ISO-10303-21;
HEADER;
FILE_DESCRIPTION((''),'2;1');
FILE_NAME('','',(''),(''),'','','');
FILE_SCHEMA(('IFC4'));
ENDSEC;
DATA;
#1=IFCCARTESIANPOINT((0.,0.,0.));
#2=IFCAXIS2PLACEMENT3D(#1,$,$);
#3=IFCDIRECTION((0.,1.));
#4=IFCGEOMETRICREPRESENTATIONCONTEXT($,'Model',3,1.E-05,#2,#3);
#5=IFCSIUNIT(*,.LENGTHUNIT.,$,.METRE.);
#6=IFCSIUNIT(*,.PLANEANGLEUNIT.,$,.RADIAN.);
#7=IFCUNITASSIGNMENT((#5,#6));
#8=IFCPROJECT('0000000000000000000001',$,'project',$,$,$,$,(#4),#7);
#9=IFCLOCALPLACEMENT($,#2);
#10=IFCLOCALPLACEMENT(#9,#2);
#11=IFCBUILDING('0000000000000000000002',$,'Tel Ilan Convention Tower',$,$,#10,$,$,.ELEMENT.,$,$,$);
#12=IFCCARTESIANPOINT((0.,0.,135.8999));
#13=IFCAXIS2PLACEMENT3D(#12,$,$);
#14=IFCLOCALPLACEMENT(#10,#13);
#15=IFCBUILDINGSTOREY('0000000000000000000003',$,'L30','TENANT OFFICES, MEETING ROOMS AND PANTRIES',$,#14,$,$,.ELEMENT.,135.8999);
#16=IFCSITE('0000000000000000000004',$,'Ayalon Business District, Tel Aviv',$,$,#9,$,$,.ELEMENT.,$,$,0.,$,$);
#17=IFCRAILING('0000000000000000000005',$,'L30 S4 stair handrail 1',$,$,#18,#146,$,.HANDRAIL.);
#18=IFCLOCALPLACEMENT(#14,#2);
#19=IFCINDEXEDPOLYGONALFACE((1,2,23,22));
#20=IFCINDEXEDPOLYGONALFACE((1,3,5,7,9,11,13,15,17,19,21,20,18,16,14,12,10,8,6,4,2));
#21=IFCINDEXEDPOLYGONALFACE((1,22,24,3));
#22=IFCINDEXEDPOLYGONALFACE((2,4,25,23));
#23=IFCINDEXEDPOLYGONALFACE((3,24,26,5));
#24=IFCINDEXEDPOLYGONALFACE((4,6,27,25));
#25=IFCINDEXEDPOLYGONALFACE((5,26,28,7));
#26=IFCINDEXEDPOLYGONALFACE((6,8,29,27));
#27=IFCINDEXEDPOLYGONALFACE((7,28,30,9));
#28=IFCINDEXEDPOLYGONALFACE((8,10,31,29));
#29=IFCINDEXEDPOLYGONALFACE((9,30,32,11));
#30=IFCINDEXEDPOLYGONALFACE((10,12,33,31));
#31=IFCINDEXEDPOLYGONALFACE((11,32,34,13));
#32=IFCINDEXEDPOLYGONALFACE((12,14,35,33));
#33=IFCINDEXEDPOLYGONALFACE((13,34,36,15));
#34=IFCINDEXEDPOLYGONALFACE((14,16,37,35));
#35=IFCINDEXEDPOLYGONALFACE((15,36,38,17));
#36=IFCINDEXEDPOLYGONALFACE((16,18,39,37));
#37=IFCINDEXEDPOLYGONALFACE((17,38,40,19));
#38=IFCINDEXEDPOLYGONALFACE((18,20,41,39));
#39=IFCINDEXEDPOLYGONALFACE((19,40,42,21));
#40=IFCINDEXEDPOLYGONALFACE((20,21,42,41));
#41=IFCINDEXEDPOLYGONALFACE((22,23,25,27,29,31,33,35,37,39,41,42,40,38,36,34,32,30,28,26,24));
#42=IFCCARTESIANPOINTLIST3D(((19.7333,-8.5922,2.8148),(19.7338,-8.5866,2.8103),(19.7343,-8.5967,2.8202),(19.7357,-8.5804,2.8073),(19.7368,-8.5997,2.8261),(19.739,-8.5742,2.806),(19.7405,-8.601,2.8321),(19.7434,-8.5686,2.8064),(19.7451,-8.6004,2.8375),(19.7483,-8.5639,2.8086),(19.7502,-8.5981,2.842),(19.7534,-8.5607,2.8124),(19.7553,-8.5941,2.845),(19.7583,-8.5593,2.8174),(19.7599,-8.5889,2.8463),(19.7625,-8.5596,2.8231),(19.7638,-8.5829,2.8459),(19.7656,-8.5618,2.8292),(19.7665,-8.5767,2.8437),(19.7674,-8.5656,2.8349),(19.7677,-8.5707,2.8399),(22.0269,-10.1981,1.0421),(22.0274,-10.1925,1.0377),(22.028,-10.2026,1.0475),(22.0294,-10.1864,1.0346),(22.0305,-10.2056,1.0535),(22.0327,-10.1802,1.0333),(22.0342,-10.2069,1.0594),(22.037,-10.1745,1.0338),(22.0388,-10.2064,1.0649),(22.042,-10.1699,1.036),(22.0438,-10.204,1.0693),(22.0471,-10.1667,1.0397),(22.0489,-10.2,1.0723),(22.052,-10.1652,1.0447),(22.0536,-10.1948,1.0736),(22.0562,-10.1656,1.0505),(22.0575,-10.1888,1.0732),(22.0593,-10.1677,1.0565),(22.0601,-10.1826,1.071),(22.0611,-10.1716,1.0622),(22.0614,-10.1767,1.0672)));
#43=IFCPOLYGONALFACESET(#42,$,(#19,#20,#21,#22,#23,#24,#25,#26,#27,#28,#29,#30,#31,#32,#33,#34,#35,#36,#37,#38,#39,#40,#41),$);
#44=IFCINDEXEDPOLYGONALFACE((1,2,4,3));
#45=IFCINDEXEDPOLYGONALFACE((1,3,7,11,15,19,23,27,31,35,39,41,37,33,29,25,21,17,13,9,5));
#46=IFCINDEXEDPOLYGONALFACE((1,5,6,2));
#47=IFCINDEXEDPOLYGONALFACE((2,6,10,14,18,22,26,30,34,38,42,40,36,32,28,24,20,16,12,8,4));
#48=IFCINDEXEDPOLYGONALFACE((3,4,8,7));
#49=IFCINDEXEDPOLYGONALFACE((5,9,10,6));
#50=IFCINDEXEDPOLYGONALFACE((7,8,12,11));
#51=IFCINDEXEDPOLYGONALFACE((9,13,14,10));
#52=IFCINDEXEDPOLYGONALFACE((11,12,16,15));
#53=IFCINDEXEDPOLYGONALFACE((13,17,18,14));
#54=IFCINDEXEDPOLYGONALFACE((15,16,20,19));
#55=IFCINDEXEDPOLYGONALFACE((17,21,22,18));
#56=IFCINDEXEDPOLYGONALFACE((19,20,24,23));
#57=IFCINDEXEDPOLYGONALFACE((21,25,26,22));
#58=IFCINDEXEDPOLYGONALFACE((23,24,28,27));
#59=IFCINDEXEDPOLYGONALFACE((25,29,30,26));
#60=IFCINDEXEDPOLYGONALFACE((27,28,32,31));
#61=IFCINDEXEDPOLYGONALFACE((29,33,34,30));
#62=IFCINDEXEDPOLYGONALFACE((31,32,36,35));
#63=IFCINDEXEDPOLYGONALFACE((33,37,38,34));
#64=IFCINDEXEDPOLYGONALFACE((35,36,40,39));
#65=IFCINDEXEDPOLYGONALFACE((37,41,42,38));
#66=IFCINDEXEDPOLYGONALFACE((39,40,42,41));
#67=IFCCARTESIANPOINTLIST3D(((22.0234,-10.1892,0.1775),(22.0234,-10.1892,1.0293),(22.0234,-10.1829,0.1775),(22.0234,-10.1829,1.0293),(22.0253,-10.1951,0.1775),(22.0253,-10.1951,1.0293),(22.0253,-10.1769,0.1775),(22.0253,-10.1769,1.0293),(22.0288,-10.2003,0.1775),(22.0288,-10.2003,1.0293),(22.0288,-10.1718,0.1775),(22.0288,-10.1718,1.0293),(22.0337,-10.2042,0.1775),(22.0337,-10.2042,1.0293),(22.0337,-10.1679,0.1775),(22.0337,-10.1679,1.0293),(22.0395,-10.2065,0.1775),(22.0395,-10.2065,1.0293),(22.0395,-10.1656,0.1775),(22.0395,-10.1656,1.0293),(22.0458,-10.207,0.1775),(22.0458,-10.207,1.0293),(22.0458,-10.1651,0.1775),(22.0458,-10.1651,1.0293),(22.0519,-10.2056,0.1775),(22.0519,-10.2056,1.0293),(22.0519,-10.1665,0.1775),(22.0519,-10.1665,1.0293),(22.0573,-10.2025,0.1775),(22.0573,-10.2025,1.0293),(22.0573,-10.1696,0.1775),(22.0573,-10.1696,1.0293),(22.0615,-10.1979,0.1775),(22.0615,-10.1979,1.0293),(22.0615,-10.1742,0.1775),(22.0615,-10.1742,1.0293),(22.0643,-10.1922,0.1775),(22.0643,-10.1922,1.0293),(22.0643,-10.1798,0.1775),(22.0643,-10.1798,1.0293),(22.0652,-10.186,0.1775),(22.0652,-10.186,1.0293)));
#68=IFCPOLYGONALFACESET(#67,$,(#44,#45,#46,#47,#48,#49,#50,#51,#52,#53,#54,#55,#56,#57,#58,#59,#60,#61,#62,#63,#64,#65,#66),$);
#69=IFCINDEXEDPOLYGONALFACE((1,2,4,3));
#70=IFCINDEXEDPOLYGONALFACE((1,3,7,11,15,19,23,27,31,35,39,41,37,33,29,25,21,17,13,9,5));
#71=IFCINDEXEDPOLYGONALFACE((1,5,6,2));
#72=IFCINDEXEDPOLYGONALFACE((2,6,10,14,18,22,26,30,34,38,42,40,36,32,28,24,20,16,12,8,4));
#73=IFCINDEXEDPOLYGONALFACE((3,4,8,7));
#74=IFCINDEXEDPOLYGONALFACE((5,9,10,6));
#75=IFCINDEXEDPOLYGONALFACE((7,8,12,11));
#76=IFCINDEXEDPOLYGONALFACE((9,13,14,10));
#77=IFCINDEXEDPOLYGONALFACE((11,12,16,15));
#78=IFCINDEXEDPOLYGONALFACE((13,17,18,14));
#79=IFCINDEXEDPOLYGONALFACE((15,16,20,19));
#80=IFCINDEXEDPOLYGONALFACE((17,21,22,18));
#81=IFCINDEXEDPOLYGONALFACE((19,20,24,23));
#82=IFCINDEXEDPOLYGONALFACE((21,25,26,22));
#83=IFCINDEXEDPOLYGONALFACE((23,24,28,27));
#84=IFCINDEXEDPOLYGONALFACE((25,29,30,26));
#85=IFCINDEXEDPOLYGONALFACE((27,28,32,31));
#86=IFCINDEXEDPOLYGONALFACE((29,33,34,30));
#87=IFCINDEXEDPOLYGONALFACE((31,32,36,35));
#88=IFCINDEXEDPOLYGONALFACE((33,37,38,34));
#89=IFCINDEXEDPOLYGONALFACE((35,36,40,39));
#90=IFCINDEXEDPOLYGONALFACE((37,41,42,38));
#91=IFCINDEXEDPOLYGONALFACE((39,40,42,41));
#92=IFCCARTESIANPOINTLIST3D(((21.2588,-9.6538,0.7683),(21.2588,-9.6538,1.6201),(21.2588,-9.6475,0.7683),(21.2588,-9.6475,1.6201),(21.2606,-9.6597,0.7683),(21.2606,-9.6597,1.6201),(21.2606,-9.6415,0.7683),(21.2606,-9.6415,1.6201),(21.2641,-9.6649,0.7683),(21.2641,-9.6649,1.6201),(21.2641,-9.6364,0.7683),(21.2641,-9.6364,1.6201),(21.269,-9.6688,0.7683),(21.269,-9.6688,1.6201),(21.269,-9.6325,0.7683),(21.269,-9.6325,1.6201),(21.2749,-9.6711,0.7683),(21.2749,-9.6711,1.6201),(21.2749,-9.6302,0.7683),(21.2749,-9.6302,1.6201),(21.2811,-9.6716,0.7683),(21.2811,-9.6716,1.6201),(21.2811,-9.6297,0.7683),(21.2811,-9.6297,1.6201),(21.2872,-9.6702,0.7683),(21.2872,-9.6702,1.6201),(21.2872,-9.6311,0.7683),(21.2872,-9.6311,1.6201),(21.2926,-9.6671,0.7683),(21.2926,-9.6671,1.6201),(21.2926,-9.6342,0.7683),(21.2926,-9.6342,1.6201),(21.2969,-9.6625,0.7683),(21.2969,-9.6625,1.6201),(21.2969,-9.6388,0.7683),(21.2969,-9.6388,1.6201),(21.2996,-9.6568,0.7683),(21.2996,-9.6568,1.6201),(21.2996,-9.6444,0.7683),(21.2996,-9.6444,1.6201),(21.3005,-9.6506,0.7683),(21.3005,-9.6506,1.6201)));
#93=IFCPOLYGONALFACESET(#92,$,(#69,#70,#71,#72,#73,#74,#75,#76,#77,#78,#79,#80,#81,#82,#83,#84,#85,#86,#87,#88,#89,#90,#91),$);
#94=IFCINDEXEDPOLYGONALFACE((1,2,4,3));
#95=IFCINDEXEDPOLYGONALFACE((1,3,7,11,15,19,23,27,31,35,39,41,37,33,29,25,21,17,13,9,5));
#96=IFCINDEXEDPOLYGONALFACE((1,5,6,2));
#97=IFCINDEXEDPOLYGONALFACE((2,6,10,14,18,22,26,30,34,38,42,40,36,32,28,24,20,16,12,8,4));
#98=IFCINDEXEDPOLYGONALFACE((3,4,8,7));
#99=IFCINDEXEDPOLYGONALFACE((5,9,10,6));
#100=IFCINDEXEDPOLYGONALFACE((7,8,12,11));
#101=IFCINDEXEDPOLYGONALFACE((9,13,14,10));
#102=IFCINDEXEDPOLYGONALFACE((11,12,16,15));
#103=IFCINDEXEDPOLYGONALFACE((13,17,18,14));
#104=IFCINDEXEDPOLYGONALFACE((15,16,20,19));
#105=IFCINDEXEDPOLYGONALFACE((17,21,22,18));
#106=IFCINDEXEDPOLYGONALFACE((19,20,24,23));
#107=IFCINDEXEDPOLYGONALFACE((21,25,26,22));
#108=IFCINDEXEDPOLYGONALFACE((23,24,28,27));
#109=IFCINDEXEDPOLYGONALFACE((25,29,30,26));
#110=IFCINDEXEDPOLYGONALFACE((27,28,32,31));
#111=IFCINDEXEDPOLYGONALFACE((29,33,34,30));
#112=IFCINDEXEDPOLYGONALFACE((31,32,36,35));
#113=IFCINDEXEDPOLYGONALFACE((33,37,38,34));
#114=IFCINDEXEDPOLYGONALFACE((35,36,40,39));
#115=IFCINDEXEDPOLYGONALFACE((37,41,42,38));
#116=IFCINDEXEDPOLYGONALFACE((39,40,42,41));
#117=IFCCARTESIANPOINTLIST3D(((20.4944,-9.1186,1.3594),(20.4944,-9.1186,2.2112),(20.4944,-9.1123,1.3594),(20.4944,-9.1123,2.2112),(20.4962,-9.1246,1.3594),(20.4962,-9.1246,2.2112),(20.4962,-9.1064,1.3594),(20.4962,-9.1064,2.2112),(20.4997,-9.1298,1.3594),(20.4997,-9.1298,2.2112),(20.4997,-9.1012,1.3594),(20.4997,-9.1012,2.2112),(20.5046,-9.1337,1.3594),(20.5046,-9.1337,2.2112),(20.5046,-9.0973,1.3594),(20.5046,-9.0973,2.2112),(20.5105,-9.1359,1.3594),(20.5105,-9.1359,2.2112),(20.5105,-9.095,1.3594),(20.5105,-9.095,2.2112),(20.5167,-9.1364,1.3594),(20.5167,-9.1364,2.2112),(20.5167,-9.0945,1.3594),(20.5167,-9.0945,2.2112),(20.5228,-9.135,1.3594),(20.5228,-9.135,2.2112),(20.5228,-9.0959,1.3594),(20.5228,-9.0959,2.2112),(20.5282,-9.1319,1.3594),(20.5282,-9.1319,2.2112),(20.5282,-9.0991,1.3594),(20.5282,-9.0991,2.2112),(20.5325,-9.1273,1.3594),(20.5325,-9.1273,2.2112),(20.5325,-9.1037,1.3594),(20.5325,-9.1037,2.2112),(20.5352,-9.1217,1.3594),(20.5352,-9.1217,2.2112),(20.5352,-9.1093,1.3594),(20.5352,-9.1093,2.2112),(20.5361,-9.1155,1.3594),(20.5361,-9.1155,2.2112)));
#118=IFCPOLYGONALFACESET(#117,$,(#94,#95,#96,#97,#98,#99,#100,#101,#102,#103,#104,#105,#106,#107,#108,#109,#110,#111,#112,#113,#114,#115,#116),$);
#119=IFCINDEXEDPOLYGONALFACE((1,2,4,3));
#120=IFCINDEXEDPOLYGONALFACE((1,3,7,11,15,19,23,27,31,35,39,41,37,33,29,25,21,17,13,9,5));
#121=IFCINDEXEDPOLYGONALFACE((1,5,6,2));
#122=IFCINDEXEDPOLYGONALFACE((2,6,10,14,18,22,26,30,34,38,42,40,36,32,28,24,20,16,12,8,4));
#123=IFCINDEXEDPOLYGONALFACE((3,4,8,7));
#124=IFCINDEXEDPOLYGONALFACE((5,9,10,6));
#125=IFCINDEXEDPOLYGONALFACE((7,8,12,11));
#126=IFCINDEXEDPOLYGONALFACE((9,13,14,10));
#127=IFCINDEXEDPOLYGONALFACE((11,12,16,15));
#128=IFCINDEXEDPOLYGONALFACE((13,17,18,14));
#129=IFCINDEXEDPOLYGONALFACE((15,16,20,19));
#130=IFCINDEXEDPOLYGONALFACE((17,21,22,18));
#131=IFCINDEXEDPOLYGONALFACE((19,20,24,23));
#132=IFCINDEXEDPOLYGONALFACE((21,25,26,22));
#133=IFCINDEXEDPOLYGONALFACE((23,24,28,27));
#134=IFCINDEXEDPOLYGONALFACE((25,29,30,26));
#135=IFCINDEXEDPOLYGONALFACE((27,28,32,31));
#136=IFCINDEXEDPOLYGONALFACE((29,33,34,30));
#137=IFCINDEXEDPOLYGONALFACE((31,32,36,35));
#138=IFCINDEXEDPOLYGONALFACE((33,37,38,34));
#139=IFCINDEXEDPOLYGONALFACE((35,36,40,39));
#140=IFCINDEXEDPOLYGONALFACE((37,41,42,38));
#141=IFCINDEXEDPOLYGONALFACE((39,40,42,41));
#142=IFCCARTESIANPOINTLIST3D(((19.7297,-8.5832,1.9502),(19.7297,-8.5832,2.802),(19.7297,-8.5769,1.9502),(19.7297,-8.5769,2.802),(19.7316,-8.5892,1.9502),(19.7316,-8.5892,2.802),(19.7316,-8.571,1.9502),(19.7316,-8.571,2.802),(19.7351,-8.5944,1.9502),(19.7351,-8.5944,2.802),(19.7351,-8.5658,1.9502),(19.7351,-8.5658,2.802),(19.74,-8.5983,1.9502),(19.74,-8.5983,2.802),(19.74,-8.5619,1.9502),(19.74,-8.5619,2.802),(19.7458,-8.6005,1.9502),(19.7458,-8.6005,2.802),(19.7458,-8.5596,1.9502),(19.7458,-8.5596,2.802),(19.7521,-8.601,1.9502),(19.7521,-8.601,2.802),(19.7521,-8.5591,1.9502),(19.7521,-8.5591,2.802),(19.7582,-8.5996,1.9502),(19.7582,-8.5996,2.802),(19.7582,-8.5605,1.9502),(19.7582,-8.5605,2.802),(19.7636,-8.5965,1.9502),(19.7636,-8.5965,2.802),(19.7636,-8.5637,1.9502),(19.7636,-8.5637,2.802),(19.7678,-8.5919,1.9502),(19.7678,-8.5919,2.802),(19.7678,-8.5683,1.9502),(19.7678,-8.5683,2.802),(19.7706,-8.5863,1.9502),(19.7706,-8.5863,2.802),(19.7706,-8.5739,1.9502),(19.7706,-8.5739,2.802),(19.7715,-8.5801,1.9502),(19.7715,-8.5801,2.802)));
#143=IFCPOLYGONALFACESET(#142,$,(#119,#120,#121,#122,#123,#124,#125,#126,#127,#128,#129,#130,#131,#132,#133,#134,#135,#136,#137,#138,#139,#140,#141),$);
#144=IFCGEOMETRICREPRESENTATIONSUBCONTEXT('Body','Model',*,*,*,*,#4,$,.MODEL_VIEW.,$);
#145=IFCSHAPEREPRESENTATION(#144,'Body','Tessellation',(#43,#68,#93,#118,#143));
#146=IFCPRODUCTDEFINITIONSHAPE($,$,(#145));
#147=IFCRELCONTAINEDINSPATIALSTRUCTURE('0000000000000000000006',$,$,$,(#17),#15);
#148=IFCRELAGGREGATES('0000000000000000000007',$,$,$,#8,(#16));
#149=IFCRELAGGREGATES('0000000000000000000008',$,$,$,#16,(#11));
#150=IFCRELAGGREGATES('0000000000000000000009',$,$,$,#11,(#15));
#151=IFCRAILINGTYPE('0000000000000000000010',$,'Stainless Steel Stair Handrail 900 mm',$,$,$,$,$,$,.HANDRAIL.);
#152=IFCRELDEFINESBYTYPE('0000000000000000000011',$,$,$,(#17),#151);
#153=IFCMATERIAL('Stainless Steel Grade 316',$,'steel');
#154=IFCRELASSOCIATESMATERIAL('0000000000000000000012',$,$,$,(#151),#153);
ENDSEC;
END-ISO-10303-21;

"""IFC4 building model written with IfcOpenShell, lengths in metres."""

from ifc_helpers import new_model, si_unit, direction, frame, origin, origin_2d, place, context, subcontext, project, spatial, circle, extrude, material, type_object, element, save


model = new_model("IFC4")

# Units and contexts
model_context = context("Model", 3, precision=1e-05, world=origin(), true_north=direction((0.0, 1.0)))
body_context = subcontext(model_context, "Body", "Model", "MODEL_VIEW")
ifc_project = project(units=[si_unit("LENGTHUNIT", "METRE"), si_unit("PLANEANGLEUNIT", "RADIAN")], contexts=[model_context])

# Site, building, storey
site_placement = place(None, origin())
site = spatial("IfcSite", under=ifc_project, at=site_placement, Name="Ayalon Business District, Tel Aviv", CompositionType="ELEMENT", RefElevation=0.0)
building_placement = place(site_placement, origin())
building = spatial("IfcBuilding", under=site, at=building_placement, Name="Tel Ilan Convention Tower", CompositionType="ELEMENT")
storey_placement = place(building_placement, frame((0.0, 0.0, 135.8999)))
storey = spatial("IfcBuildingStorey", under=building, at=storey_placement, Name="L30", Description="TENANT OFFICES, MEETING ROOMS AND PANTRIES", CompositionType="ELEMENT", Elevation=135.8999)

# Railing
ifc_material_1 = material(Name="Stainless Steel Grade 316", Category="steel")
railing_type_1 = type_object("IfcRailingType", Name="Stainless Steel Stair Handrail 900 mm", PredefinedType="HANDRAIL", material=ifc_material_1)
railing_1_placement = place(storey_placement, frame((22.0442, -10.186, 0.1775)))
element("IfcRailing", 1, at=railing_1_placement, inside=storey, type_object=railing_type_1, Name="L30 S4 stair handrail 1", PredefinedType="HANDRAIL", context=body_context, shape_type="SweptSolid", body=[
    extrude(circle(Radius=0.0239, at=origin_2d()), frame((0.0, 0.0, 0.876), z_axis=(-0.692123, 0.484597, 0.534913), x_axis=(-0.57355, -0.81917, 0.0)), (0.0, 0.0, 1.0), 3.314),
    extrude(circle(Radius=0.021, at=origin_2d()), origin(), (0.0, 0.0, 1.0), 0.8518),
    extrude(circle(Radius=0.021, at=origin_2d()), frame((-0.7646, 0.5354, 0.5908)), (0.0, 0.0, 1.0), 0.8518),
    extrude(circle(Radius=0.021, at=origin_2d()), frame((-1.5291, 1.0706, 1.1819)), (0.0, 0.0, 1.0), 0.8518),
    extrude(circle(Radius=0.021, at=origin_2d()), frame((-2.2937, 1.606, 1.7727)), (0.0, 0.0, 1.0), 0.8518),
])

save(model, "model.ifc")
